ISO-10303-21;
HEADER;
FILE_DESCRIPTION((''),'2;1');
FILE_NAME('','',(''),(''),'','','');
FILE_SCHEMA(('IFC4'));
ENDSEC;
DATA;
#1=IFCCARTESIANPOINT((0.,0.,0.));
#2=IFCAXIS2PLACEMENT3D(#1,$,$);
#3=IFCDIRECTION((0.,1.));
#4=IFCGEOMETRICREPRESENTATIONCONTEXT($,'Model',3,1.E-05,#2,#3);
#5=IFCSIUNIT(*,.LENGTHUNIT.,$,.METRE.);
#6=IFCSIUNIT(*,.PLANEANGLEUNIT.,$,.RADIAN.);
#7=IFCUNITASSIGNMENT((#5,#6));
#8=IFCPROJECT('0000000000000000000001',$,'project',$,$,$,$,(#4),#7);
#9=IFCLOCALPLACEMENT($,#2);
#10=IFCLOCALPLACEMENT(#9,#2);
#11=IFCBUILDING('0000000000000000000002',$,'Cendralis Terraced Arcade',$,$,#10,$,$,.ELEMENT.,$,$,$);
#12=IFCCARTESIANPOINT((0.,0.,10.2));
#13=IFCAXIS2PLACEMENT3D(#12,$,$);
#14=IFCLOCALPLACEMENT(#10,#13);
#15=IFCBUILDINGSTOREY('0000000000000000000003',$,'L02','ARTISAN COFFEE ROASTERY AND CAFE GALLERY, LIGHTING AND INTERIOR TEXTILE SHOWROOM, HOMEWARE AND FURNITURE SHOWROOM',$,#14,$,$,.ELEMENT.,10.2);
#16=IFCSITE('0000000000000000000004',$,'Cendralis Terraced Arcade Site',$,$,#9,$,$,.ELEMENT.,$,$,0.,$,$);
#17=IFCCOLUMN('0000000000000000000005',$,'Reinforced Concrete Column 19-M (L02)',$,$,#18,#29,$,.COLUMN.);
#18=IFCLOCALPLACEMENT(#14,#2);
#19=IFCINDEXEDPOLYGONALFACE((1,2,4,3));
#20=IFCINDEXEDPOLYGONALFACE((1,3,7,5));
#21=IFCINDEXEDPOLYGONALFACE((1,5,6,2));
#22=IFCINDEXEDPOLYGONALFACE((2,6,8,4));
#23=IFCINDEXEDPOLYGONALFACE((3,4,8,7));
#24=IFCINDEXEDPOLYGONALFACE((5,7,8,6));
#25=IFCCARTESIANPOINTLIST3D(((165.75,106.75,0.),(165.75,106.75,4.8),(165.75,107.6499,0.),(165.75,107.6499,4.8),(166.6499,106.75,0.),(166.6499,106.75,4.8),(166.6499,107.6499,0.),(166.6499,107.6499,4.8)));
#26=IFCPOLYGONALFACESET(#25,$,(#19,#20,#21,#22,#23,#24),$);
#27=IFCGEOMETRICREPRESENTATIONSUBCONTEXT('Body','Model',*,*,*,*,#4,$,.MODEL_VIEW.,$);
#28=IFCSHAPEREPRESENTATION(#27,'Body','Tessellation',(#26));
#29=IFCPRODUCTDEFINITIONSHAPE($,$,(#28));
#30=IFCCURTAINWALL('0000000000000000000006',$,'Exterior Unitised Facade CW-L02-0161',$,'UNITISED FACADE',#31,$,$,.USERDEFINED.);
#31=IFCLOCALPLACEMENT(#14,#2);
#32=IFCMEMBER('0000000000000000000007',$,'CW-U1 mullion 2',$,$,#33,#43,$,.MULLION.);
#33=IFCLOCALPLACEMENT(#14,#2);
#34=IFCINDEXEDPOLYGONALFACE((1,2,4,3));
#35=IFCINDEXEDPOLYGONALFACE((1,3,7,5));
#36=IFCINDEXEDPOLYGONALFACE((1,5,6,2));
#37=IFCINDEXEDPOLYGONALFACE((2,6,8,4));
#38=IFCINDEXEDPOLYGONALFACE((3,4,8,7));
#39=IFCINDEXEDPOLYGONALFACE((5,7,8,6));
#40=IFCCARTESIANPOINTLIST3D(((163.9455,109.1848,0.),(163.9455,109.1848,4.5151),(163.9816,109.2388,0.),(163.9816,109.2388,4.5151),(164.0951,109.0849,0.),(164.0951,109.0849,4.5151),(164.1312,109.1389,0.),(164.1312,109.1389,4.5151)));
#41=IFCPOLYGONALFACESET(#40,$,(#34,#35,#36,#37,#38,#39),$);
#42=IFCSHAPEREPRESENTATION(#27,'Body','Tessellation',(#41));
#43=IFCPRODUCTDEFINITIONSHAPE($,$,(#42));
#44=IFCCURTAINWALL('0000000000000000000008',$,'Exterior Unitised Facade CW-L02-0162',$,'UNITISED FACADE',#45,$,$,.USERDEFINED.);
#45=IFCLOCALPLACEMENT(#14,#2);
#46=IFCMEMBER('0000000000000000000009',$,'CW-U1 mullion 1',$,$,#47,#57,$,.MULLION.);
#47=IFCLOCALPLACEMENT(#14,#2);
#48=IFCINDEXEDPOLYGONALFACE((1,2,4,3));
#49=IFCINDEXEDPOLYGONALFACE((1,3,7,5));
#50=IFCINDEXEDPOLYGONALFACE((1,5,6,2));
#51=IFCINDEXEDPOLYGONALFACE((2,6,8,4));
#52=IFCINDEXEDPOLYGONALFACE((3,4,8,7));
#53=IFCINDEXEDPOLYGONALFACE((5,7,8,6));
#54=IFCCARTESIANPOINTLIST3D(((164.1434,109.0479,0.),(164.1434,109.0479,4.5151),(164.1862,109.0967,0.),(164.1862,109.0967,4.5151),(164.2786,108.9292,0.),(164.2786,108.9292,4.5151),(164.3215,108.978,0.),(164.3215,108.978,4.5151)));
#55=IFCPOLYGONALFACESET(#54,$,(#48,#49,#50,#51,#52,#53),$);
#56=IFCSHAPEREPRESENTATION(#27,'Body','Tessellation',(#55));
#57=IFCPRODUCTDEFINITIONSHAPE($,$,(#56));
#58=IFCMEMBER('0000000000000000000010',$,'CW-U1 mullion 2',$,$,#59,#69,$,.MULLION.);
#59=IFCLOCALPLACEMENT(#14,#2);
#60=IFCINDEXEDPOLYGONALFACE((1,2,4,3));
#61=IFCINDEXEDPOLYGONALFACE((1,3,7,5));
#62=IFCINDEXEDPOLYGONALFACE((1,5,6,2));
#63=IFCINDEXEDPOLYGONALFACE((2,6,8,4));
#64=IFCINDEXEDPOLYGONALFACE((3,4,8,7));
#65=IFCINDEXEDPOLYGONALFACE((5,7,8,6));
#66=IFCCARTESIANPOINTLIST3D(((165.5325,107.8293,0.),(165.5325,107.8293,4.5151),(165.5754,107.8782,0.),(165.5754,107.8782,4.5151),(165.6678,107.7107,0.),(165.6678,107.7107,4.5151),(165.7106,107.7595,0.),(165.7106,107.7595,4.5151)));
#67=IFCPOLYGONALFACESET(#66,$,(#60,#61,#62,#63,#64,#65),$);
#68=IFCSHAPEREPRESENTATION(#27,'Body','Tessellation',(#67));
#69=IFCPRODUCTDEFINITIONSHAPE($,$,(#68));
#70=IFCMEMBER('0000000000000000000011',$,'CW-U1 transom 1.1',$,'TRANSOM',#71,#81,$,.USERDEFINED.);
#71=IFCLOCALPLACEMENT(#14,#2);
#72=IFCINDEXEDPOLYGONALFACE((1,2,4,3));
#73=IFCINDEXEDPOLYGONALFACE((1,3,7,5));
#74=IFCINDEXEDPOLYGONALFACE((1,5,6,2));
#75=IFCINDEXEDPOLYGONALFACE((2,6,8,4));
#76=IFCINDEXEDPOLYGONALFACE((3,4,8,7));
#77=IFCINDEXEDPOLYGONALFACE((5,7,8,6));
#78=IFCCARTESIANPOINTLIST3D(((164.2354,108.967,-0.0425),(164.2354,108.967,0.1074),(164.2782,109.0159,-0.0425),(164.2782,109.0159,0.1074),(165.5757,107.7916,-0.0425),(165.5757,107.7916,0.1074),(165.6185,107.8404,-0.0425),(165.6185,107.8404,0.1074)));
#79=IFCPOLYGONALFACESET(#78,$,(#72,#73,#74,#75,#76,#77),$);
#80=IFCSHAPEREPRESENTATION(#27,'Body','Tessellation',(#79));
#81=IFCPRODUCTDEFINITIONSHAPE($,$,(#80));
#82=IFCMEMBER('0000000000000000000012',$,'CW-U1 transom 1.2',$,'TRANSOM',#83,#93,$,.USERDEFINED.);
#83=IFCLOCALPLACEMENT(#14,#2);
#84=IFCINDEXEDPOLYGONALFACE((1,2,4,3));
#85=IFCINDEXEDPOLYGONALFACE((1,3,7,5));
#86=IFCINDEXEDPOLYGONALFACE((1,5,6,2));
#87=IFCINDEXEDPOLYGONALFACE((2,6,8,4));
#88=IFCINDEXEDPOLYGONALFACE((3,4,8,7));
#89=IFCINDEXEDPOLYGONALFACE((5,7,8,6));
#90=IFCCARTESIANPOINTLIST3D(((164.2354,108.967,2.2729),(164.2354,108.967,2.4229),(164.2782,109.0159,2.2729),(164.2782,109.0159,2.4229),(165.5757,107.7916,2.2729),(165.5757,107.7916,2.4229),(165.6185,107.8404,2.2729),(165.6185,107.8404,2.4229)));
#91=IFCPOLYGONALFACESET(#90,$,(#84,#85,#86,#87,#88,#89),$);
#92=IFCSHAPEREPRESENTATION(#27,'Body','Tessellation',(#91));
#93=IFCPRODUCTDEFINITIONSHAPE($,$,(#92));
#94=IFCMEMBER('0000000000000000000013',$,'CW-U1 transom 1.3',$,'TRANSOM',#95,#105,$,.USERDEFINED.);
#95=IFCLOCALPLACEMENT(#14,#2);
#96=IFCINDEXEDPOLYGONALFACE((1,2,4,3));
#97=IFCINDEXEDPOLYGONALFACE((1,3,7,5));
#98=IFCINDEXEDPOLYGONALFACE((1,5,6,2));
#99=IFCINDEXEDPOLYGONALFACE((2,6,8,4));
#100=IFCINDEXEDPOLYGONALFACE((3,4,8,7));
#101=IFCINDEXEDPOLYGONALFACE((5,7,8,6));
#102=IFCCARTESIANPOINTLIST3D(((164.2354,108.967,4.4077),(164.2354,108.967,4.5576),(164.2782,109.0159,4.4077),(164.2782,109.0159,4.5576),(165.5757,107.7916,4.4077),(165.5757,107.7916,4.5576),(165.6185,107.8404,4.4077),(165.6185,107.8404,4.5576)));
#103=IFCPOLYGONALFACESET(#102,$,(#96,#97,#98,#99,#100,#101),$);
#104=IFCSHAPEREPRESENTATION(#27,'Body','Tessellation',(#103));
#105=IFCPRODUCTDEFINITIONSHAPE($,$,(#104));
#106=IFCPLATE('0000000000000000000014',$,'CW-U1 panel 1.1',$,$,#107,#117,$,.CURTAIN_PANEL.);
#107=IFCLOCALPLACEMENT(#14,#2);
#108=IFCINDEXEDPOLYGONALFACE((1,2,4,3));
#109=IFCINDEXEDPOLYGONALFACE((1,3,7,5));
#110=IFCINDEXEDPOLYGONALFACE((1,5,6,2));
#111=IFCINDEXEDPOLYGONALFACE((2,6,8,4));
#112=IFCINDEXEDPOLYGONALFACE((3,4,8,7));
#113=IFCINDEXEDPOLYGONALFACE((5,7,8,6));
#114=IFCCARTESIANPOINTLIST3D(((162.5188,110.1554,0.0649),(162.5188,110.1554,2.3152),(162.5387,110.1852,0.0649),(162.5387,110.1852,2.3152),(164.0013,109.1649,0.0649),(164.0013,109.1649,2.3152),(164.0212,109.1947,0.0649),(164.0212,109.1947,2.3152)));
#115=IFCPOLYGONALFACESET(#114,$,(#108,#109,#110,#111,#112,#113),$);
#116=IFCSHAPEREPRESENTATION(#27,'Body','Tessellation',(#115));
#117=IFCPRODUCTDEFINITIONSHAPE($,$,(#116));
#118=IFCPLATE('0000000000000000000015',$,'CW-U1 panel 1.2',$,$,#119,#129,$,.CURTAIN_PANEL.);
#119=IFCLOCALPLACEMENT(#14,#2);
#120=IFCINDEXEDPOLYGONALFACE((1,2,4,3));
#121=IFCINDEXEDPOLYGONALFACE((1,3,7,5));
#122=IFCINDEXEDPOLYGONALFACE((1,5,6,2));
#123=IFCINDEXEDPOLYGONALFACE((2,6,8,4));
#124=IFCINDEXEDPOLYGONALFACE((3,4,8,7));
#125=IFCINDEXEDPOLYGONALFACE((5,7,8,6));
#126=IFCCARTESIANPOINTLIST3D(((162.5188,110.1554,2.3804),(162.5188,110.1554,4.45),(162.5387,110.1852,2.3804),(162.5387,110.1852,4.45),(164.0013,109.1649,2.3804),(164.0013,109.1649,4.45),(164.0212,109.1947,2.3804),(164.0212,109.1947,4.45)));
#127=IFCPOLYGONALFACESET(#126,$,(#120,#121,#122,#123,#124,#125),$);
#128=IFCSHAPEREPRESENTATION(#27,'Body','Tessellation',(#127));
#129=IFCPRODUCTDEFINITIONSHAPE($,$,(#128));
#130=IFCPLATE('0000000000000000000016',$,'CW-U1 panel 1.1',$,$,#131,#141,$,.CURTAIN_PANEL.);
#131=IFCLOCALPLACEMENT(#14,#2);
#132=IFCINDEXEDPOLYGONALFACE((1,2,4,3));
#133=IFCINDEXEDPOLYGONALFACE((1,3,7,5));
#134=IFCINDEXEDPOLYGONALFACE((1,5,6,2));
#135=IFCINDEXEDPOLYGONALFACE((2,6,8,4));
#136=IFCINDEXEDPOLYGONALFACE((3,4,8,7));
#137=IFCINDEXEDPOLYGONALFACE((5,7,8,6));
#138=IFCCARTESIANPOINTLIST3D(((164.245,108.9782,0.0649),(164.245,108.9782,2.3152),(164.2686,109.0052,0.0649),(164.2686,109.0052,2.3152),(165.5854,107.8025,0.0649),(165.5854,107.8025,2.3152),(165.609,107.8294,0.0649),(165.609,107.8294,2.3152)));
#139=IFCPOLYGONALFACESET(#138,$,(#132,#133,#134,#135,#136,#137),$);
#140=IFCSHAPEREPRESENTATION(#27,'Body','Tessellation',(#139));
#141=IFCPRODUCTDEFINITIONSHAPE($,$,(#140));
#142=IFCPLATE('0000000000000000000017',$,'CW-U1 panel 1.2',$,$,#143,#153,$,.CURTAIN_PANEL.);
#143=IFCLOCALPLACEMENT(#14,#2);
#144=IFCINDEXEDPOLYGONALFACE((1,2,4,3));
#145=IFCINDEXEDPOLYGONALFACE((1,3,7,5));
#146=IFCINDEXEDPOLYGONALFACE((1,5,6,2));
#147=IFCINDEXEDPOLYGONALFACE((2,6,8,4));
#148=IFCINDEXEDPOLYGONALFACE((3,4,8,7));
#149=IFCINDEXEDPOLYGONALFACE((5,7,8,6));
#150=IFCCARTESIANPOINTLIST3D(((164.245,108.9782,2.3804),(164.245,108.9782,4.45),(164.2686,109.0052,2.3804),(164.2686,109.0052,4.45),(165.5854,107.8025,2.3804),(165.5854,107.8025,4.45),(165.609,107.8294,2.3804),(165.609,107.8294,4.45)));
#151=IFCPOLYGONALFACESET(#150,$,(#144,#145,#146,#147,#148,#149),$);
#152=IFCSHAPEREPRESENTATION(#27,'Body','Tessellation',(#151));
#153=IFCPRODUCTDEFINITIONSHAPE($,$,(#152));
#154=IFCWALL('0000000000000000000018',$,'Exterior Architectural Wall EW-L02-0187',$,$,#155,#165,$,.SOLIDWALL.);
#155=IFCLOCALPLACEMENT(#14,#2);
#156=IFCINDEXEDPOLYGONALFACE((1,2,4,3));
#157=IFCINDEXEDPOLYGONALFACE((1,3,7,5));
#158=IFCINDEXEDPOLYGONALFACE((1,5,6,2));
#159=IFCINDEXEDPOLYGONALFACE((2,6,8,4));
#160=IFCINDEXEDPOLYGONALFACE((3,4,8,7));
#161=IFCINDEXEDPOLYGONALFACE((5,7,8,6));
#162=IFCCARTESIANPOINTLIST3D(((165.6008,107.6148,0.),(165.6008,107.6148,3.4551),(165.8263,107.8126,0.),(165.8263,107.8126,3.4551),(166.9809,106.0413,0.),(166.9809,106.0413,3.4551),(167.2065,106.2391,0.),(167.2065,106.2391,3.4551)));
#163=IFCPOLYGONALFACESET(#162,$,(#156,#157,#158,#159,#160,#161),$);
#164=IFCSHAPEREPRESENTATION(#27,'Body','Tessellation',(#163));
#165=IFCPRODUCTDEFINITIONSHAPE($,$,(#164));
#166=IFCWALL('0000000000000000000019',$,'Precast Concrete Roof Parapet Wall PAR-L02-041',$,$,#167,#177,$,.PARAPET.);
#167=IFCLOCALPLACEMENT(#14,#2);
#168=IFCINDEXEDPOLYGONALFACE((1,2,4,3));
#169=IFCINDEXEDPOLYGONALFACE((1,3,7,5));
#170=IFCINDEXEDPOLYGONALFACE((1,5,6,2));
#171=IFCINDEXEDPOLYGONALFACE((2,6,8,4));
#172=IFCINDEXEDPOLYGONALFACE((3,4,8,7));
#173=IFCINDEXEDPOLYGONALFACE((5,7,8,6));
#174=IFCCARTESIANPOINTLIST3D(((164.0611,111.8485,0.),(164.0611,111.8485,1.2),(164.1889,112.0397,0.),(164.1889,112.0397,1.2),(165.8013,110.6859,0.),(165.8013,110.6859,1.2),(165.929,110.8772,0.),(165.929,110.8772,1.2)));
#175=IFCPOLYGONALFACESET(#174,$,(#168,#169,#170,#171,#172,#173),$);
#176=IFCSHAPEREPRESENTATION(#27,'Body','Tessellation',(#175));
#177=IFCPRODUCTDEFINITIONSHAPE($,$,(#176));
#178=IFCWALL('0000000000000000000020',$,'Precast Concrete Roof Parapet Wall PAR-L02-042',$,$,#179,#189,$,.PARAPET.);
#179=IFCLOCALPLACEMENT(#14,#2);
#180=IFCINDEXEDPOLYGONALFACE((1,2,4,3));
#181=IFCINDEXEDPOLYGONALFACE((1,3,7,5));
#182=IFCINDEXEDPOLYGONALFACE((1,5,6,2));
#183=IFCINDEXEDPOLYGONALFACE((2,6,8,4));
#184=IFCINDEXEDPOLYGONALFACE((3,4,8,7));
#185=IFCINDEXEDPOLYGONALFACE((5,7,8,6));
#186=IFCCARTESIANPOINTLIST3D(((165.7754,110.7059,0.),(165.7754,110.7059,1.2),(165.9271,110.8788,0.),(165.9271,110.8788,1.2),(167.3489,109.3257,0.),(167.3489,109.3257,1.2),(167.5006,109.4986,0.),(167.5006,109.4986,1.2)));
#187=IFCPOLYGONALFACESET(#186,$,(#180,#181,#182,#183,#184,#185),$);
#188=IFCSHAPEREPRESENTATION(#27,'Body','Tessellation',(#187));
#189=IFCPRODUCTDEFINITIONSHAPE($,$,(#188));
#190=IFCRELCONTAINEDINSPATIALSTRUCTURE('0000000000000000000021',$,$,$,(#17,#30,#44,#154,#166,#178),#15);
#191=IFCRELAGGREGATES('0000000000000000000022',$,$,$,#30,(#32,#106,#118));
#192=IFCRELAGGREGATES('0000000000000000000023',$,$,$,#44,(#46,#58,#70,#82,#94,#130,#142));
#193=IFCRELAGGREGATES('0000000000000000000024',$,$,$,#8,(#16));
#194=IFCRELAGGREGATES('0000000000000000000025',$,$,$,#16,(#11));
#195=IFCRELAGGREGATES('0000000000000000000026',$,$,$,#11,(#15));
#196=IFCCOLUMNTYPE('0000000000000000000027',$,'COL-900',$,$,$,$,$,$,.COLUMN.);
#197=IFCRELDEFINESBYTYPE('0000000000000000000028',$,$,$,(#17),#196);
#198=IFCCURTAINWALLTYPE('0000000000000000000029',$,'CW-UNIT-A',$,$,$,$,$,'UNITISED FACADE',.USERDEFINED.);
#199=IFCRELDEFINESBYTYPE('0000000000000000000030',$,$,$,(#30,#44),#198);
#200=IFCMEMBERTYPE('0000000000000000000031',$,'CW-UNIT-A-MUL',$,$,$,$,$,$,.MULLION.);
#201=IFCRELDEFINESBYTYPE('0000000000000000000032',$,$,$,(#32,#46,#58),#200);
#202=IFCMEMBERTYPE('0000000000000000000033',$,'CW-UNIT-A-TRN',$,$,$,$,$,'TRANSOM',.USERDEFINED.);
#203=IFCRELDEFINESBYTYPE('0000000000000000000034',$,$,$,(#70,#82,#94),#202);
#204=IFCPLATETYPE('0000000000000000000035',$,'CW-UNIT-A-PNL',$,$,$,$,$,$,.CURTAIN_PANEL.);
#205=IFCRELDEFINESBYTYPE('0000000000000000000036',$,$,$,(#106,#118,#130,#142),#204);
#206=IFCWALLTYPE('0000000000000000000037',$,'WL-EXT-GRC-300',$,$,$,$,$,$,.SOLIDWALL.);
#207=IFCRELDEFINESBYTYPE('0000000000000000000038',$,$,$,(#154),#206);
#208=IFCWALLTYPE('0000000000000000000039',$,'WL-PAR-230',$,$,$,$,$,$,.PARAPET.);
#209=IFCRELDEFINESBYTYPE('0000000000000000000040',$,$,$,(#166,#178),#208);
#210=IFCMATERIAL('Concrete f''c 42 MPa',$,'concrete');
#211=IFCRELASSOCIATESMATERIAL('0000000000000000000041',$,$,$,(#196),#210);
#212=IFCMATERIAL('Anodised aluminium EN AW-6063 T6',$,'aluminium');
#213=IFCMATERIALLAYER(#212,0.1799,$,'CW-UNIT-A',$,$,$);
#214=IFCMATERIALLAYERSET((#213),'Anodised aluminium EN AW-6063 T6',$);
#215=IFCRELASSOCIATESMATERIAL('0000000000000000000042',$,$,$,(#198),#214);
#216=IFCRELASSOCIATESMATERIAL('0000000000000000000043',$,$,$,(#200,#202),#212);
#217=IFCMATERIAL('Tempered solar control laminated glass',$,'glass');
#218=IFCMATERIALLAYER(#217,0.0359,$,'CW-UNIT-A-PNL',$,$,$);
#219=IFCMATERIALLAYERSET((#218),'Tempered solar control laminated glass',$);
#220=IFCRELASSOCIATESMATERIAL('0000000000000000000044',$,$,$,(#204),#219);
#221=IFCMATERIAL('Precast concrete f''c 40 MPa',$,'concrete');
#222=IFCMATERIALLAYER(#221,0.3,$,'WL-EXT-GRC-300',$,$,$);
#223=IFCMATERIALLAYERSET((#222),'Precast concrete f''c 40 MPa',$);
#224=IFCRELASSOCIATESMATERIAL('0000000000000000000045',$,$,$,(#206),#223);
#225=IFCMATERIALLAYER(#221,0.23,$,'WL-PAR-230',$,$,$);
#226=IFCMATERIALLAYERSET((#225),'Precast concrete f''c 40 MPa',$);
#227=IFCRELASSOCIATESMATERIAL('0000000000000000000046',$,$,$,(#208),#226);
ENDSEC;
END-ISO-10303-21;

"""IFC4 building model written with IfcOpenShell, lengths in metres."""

from ifc_helpers import new_model, si_unit, direction, frame, frame_2d, origin, origin_2d, place, context, subcontext, project, spatial, rectangle, extrude, material, layer, layer_set, material_profile, profile_set, type_object, element, aggregate, save


model = new_model("IFC4")

# Units and contexts
model_context = context("Model", 3, precision=1e-05, world=origin(), true_north=direction((0.0, 1.0)))
body_context = subcontext(model_context, "Body", "Model", "MODEL_VIEW")
ifc_project = project(units=[si_unit("LENGTHUNIT", "METRE"), si_unit("PLANEANGLEUNIT", "RADIAN")], contexts=[model_context])

# Site, building, storey
site_placement = place(None, origin())
site = spatial("IfcSite", under=ifc_project, at=site_placement, Name="Cendralis Terraced Arcade Site", CompositionType="ELEMENT", RefElevation=0.0)
building_placement = place(site_placement, origin())
building = spatial("IfcBuilding", under=site, at=building_placement, Name="Cendralis Terraced Arcade", CompositionType="ELEMENT")
storey_placement = place(building_placement, frame((0.0, 0.0, 10.2)))
storey = spatial("IfcBuildingStorey", under=building, at=storey_placement, Name="L02", Description="ARTISAN COFFEE ROASTERY AND CAFE GALLERY, LIGHTING AND INTERIOR TEXTILE SHOWROOM, HOMEWARE AND FURNITURE SHOWROOM", CompositionType="ELEMENT", Elevation=10.2)

# Column
ifc_material_1 = material(Name="Concrete f'c 42 MPa", Category="concrete")
ifc_material_profile_1 = material_profile(ifc_material_1, rectangle(XDim=0.8999, YDim=0.8999, at=origin_2d()), Name="RC-COL-900x900", Category="LoadBearing")
ifc_profile_set_1 = profile_set([ifc_material_profile_1], Name="Concrete f'c 42 MPa")
column_type = type_object("IfcColumnType", Name="COL-900", PredefinedType="COLUMN", material=ifc_profile_set_1)
column_placement = place(storey_placement, frame((166.2, 107.2, 0.0), z_axis=(0.0, 0.0, 1.0), x_axis=(1.0, 0.0, 0.0)))
element("IfcColumn", 1, at=column_placement, inside=storey, type_object=column_type, Name="Reinforced Concrete Column 19-M (L02)", PredefinedType="COLUMN", context=body_context, shape_type="SweptSolid", body=[
    extrude(rectangle(XDim=0.8999, YDim=0.8999, at=origin_2d()), origin(), (0.0, 0.0, 1.0), 4.8),
])

# Curtain wall, member
ifc_material_2 = material(Name="Anodised aluminium EN AW-6063 T6", Category="aluminium")
ifc_layer_1 = layer(ifc_material_2, 0.1799, Name="CW-UNIT-A")
ifc_layer_set_1 = layer_set([ifc_layer_1], Name="Anodised aluminium EN AW-6063 T6")
curtain_wall_type = type_object("IfcCurtainWallType", Name="CW-UNIT-A", ElementType="UNITISED FACADE", PredefinedType="USERDEFINED", material=ifc_layer_set_1)
curtain_wall_1_placement = place(storey_placement, origin())
curtain_wall_1 = element("IfcCurtainWall", 2, at=curtain_wall_1_placement, inside=storey, type_object=curtain_wall_type, Name="Exterior Unitised Facade CW-L02-0161", ObjectType="UNITISED FACADE", PredefinedType="USERDEFINED")
ifc_material_profile_2 = material_profile(ifc_material_2, rectangle(XDim=0.0649, YDim=0.1799, at=origin_2d()), Name="ALU-MUL-65x180")
ifc_profile_set_2 = profile_set([ifc_material_profile_2], Name="Anodised aluminium EN AW-6063 T6")
member_type_1 = type_object("IfcMemberType", Name="CW-UNIT-A-MUL", PredefinedType="MULLION", material=ifc_profile_set_2)
member_1_placement = place(storey_placement, frame((164.0383, 109.1619, 0.0), z_axis=(0.0, 0.0, 1.0), x_axis=(0.555532, 0.831495, 0.0)))
member_1 = element("IfcMember", 3, at=member_1_placement, type_object=member_type_1, Name="CW-U1 mullion 2", PredefinedType="MULLION", context=body_context, shape_type="SweptSolid", body=[
    extrude(rectangle(XDim=0.0649, YDim=0.1799, at=origin_2d()), origin(), (0.0, 0.0, 1.0), 4.5151),
])

# Curtain wall, members
curtain_wall_2_placement = place(storey_placement, origin())
curtain_wall_2 = element("IfcCurtainWall", 4, at=curtain_wall_2_placement, inside=storey, type_object=curtain_wall_type, Name="Exterior Unitised Facade CW-L02-0162", ObjectType="UNITISED FACADE", PredefinedType="USERDEFINED")
member_2_placement = place(storey_placement, frame((164.2324, 109.0129, 0.0), z_axis=(0.0, 0.0, 1.0), x_axis=(0.659411, 0.751783, 0.0)))
member_2 = element("IfcMember", 5, at=member_2_placement, type_object=member_type_1, Name="CW-U1 mullion 1", PredefinedType="MULLION", context=body_context, shape_type="SweptSolid", body=[
    extrude(rectangle(XDim=0.0649, YDim=0.1799, at=origin_2d()), origin(), (0.0, 0.0, 1.0), 4.5151),
])
member_3_placement = place(storey_placement, frame((165.6216, 107.7944, 0.0), z_axis=(0.0, 0.0, 1.0), x_axis=(0.659411, 0.751783, 0.0)))
member_3 = element("IfcMember", 6, at=member_3_placement, type_object=member_type_1, Name="CW-U1 mullion 2", PredefinedType="MULLION", context=body_context, shape_type="SweptSolid", body=[
    extrude(rectangle(XDim=0.0649, YDim=0.1799, at=origin_2d()), origin(), (0.0, 0.0, 1.0), 4.5151),
])
ifc_material_profile_3 = material_profile(ifc_material_2, rectangle(XDim=0.0649, YDim=0.1499, at=origin_2d()), Name="ALU-TRN-65x150")
ifc_profile_set_3 = profile_set([ifc_material_profile_3], Name="Anodised aluminium EN AW-6063 T6")
member_type_2 = type_object("IfcMemberType", Name="CW-UNIT-A-TRN", ElementType="TRANSOM", PredefinedType="USERDEFINED", material=ifc_profile_set_3)
member_4_placement = place(storey_placement, frame((164.2568, 108.9915, 0.0325), z_axis=(0.751813, -0.659377, 0.0), x_axis=(0.659377, 0.751813, 0.0)))
member_4 = element("IfcMember", 7, at=member_4_placement, type_object=member_type_2, Name="CW-U1 transom 1.1", ObjectType="TRANSOM", PredefinedType="USERDEFINED", context=body_context, shape_type="SweptSolid", body=[
    extrude(rectangle(XDim=0.0649, YDim=0.1499, at=origin_2d()), origin(), (0.0, 0.0, 1.0), 1.7827),
])
member_5_placement = place(storey_placement, frame((164.2568, 108.9915, 2.3479), z_axis=(0.751813, -0.659377, 0.0), x_axis=(0.659377, 0.751813, 0.0)))
member_5 = element("IfcMember", 8, at=member_5_placement, type_object=member_type_2, Name="CW-U1 transom 1.2", ObjectType="TRANSOM", PredefinedType="USERDEFINED", context=body_context, shape_type="SweptSolid", body=[
    extrude(rectangle(XDim=0.0649, YDim=0.1499, at=origin_2d()), origin(), (0.0, 0.0, 1.0), 1.7827),
])
member_6_placement = place(storey_placement, frame((164.2568, 108.9915, 4.4827), z_axis=(0.751813, -0.659377, 0.0), x_axis=(0.659377, 0.751813, 0.0)))
member_6 = element("IfcMember", 9, at=member_6_placement, type_object=member_type_2, Name="CW-U1 transom 1.3", ObjectType="TRANSOM", PredefinedType="USERDEFINED", context=body_context, shape_type="SweptSolid", body=[
    extrude(rectangle(XDim=0.0649, YDim=0.1499, at=origin_2d()), origin(), (0.0, 0.0, 1.0), 1.7827),
])

# Plates
ifc_material_3 = material(Name="Tempered solar control laminated glass", Category="glass")
ifc_layer_2 = layer(ifc_material_3, 0.0359, Name="CW-UNIT-A-PNL")
ifc_layer_set_2 = layer_set([ifc_layer_2], Name="Tempered solar control laminated glass")
plate_type = type_object("IfcPlateType", Name="CW-UNIT-A-PNL", PredefinedType="CURTAIN_PANEL", material=ifc_layer_set_2)
plate_1_placement = place(storey_placement, frame((163.27, 109.675, 0.0649), z_axis=(0.0, 0.0, 1.0), x_axis=(0.831495, -0.555532, 0.0)))
plate_1 = element("IfcPlate", 10, at=plate_1_placement, type_object=plate_type, Name="CW-U1 panel 1.1", PredefinedType="CURTAIN_PANEL", context=body_context, shape_type="SweptSolid", body=[
    extrude(rectangle(XDim=1.783, YDim=0.0359, at=origin_2d()), origin(), (0.0, 0.0, 1.0), 2.2502),
])
plate_2_placement = place(storey_placement, frame((163.27, 109.675, 2.3804), z_axis=(0.0, 0.0, 1.0), x_axis=(0.831495, -0.555532, 0.0)))
plate_2 = element("IfcPlate", 11, at=plate_2_placement, type_object=plate_type, Name="CW-U1 panel 1.2", PredefinedType="CURTAIN_PANEL", context=body_context, shape_type="SweptSolid", body=[
    extrude(rectangle(XDim=1.783, YDim=0.0359, at=origin_2d()), origin(), (0.0, 0.0, 1.0), 2.0696),
])
aggregate(curtain_wall_1, [member_1, plate_1, plate_2])
plate_3_placement = place(storey_placement, frame((164.927, 108.4038, 0.0649), z_axis=(0.0, 0.0, 1.0), x_axis=(0.751783, -0.659411, 0.0)))
plate_3 = element("IfcPlate", 12, at=plate_3_placement, type_object=plate_type, Name="CW-U1 panel 1.1", PredefinedType="CURTAIN_PANEL", context=body_context, shape_type="SweptSolid", body=[
    extrude(rectangle(XDim=1.783, YDim=0.0359, at=origin_2d()), origin(), (0.0, 0.0, 1.0), 2.2502),
])
plate_4_placement = place(storey_placement, frame((164.927, 108.4038, 2.3804), z_axis=(0.0, 0.0, 1.0), x_axis=(0.751783, -0.659411, 0.0)))
plate_4 = element("IfcPlate", 13, at=plate_4_placement, type_object=plate_type, Name="CW-U1 panel 1.2", PredefinedType="CURTAIN_PANEL", context=body_context, shape_type="SweptSolid", body=[
    extrude(rectangle(XDim=1.783, YDim=0.0359, at=origin_2d()), origin(), (0.0, 0.0, 1.0), 2.0696),
])
aggregate(curtain_wall_2, [member_2, member_3, member_4, member_5, member_6, plate_3, plate_4])

# Walls
ifc_material_4 = material(Name="Precast concrete f'c 40 MPa", Category="concrete")
ifc_layer_3 = layer(ifc_material_4, 0.3, Name="WL-EXT-GRC-300")
ifc_layer_set_3 = layer_set([ifc_layer_3], Name="Precast concrete f'c 40 MPa")
wall_type_1 = type_object("IfcWallType", Name="WL-EXT-GRC-300", PredefinedType="SOLIDWALL", material=ifc_layer_set_3)
wall_1_placement = place(storey_placement, frame((165.7136, 107.7136, 0.0), z_axis=(0.0, 0.0, 1.0), x_axis=(0.659404, -0.751789, 0.0)))
element("IfcWall", 14, at=wall_1_placement, inside=storey, type_object=wall_type_1, Name="Exterior Architectural Wall EW-L02-0187", PredefinedType="SOLIDWALL", context=body_context, shape_type="SweptSolid", body=[
    extrude(rectangle(XDim=2.093, YDim=0.3, at=frame_2d((1.0464, 0.0))), origin(), (0.0, 0.0, 1.0), 3.4551),
])
ifc_layer_4 = layer(ifc_material_4, 0.23, Name="WL-PAR-230")
ifc_layer_set_4 = layer_set([ifc_layer_4], Name="Precast concrete f'c 40 MPa")
wall_type_2 = type_object("IfcWallType", Name="WL-PAR-230", PredefinedType="PARAPET", material=ifc_layer_set_4)
wall_2_placement = place(storey_placement, frame((164.125, 111.9441, 0.0), z_axis=(0.0, 0.0, 1.0), x_axis=(0.831511, -0.555508, 0.0)))
element("IfcWall", 15, at=wall_2_placement, inside=storey, type_object=wall_type_2, Name="Precast Concrete Roof Parapet Wall PAR-L02-041", PredefinedType="PARAPET", context=body_context, shape_type="SweptSolid", body=[
    extrude(rectangle(XDim=2.0928, YDim=0.23, at=frame_2d((1.0464, 0.0))), origin(), (0.0, 0.0, 1.0), 1.2),
])
for number, where, z_axis, x_axis, name in (
    (16, (165.8513, 110.7922, 0.0), (0.0, 0.0, 1.0), (0.751789, -0.659404, 0.0), "Precast Concrete Roof Parapet Wall PAR-L02-042"),
):
    element("IfcWall", number, at=place(storey_placement, frame(where, z_axis=z_axis, x_axis=x_axis)), inside=storey, type_object=wall_type_2, Name=name, PredefinedType="PARAPET", context=body_context, shape_type="SweptSolid", body=[
        extrude(rectangle(XDim=2.093, YDim=0.23, at=frame_2d((1.0464, 0.0))), origin(), (0.0, 0.0, 1.0), 1.2),
    ])

save(model, "model.ifc")
